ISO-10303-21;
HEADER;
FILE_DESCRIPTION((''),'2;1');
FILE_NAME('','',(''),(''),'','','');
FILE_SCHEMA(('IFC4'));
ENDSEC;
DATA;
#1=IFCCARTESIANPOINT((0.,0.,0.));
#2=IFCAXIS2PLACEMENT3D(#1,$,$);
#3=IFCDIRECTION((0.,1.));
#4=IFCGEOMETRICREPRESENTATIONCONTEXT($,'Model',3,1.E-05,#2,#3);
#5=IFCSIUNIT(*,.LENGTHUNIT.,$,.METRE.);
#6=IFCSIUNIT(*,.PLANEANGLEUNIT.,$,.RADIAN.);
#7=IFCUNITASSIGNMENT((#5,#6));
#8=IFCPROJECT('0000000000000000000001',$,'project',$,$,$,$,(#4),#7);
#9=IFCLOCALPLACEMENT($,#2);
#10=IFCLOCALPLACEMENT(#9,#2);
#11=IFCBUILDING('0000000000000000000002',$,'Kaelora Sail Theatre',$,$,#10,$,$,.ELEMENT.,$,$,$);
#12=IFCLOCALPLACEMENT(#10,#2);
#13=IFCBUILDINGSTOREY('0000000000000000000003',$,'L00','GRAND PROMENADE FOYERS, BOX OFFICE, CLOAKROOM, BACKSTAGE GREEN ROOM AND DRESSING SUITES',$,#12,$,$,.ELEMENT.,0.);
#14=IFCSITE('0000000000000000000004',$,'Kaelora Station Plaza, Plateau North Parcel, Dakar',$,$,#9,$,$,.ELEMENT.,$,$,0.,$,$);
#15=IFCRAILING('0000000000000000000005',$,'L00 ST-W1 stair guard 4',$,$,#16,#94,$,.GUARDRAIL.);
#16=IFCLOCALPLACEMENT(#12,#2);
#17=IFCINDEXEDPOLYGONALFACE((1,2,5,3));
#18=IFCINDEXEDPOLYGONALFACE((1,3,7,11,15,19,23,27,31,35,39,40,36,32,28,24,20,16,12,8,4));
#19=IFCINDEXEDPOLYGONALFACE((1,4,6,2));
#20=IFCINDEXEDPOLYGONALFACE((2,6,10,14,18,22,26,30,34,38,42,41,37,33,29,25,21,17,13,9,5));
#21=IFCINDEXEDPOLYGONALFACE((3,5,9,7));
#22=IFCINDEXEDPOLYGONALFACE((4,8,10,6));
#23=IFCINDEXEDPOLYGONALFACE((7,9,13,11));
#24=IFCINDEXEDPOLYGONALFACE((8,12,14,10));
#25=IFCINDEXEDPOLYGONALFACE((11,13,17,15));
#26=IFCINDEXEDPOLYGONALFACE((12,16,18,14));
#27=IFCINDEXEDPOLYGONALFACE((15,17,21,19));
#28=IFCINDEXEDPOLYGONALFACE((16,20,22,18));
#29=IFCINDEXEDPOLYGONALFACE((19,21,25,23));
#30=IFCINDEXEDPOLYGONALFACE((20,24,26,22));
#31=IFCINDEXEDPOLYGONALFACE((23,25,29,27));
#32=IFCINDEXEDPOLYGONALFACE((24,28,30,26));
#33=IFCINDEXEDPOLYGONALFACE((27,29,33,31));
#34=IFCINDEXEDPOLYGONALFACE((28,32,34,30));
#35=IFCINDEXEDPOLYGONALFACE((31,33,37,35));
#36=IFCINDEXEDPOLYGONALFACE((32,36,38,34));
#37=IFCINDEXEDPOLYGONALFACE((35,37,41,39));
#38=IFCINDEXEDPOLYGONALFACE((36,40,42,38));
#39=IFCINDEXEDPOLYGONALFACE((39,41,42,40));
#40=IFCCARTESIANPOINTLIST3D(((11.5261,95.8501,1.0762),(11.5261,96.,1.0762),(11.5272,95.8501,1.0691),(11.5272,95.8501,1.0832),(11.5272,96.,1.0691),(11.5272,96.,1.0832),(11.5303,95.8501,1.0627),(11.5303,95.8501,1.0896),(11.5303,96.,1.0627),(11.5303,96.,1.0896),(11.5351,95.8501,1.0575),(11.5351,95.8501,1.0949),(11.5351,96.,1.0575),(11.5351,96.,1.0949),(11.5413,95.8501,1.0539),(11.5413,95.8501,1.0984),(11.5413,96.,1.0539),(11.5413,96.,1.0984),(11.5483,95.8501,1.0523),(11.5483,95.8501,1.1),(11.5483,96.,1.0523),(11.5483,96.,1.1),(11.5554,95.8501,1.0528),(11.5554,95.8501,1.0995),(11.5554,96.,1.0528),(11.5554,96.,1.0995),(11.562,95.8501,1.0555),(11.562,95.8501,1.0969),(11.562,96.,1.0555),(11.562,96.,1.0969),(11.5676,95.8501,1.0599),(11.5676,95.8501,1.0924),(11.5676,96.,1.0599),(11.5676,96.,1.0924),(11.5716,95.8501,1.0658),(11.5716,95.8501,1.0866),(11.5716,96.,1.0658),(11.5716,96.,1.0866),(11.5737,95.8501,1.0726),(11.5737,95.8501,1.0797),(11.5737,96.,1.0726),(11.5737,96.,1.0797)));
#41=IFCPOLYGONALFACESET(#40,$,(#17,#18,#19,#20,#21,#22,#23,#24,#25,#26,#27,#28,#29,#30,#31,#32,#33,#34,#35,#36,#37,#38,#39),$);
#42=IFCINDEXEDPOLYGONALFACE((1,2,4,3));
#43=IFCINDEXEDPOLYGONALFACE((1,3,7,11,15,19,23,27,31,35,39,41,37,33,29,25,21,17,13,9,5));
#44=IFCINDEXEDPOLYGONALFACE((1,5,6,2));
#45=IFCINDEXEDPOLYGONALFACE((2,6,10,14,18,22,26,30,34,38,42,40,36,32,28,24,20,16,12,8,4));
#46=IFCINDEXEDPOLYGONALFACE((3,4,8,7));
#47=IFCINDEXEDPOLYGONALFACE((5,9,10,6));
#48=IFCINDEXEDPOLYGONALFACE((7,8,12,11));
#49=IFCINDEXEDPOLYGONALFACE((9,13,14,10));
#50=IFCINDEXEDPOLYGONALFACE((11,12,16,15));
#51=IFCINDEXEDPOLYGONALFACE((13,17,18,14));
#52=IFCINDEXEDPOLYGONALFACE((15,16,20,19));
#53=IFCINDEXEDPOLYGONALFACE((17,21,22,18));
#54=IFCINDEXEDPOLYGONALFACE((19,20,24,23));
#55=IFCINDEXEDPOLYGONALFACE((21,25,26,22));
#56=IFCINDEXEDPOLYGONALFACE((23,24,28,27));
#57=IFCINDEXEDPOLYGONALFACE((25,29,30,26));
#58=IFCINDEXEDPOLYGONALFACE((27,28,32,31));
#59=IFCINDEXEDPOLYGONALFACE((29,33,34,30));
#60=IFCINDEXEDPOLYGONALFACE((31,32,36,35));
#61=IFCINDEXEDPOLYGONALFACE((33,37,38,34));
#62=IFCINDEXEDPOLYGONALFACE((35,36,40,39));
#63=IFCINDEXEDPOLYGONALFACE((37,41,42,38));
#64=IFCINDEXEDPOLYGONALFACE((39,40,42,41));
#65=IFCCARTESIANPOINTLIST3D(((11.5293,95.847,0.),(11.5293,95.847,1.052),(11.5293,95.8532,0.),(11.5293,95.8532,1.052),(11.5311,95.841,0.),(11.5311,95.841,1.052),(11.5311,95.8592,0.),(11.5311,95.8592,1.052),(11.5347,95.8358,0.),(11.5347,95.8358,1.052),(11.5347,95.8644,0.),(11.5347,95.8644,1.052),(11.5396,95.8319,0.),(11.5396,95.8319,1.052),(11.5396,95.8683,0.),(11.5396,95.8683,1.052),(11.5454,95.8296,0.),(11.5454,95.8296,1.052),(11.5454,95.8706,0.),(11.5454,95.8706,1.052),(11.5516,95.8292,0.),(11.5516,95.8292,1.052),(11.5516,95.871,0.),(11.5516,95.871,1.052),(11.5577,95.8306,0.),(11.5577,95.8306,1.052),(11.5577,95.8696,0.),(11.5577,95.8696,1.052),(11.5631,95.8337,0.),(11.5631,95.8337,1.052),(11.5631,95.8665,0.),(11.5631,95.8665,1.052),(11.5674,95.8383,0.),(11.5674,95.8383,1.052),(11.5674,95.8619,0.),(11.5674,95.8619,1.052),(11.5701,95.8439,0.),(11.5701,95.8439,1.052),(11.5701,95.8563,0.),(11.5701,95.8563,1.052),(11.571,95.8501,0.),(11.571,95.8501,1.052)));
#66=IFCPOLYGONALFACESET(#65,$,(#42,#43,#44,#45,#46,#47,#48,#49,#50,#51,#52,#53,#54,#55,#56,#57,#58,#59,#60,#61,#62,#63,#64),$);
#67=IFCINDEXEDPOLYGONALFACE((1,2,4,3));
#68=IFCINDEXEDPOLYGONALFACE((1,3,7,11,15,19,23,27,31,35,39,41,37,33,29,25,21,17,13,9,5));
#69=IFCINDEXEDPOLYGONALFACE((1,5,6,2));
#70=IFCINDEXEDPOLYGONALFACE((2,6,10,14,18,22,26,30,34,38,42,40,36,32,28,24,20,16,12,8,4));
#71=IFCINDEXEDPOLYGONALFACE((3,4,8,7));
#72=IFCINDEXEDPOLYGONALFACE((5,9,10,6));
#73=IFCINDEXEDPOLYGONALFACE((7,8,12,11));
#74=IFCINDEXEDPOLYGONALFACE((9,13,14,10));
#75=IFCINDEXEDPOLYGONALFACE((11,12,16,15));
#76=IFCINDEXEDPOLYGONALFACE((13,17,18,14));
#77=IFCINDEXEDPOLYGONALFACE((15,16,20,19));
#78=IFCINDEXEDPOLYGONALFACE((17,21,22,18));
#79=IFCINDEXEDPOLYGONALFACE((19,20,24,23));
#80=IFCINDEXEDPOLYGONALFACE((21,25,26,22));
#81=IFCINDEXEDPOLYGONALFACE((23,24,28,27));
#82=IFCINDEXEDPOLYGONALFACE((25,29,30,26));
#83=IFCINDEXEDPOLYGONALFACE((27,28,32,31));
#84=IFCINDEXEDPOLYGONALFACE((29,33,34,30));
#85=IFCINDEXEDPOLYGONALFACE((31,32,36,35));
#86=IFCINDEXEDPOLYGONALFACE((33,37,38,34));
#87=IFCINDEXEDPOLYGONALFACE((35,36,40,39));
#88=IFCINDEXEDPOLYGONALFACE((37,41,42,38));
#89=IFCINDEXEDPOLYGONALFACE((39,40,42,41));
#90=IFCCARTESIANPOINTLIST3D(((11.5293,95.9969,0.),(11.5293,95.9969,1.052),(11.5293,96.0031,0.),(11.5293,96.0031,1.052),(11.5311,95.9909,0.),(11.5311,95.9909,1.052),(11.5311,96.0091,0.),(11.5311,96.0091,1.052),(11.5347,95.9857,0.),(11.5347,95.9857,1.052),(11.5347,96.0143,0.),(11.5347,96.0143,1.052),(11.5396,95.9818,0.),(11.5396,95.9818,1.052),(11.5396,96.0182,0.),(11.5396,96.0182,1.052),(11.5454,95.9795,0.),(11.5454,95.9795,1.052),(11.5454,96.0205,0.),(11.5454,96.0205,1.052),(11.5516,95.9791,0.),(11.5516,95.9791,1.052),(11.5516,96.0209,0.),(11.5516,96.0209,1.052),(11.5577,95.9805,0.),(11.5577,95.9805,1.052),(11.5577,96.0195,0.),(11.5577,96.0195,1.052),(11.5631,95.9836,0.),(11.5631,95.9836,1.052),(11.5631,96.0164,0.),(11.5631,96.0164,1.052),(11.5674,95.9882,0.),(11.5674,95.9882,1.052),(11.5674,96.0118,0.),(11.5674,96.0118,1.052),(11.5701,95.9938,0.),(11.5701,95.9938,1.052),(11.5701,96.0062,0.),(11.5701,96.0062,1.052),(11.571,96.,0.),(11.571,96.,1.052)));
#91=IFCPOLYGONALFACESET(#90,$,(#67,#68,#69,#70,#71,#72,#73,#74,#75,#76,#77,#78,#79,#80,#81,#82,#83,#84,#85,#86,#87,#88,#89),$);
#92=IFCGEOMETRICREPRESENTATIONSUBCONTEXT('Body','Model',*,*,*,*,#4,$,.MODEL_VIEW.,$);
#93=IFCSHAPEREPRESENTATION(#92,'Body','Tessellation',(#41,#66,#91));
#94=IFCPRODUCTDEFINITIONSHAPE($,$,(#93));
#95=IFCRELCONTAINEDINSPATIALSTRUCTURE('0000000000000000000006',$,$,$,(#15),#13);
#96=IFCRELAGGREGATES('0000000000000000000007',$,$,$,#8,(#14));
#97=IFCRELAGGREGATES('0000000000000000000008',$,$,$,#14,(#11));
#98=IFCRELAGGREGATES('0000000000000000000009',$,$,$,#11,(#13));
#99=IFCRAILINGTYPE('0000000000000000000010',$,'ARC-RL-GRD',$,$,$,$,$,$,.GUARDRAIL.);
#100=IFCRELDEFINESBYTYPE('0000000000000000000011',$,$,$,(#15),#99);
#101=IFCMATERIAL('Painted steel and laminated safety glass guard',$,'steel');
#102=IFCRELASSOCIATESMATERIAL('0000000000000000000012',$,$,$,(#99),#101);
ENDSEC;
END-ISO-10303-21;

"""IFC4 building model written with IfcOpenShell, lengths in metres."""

from ifc_helpers import new_model, si_unit, direction, frame, origin, origin_2d, place, context, subcontext, project, spatial, circle, extrude, material, type_object, element, save


model = new_model("IFC4")

# Units and contexts
model_context = context("Model", 3, precision=1e-05, world=origin(), true_north=direction((0.0, 1.0)))
body_context = subcontext(model_context, "Body", "Model", "MODEL_VIEW")
ifc_project = project(units=[si_unit("LENGTHUNIT", "METRE"), si_unit("PLANEANGLEUNIT", "RADIAN")], contexts=[model_context])

# Site, building, storey
site_placement = place(None, origin())
site = spatial("IfcSite", under=ifc_project, at=site_placement, Name="Kaelora Station Plaza, Plateau North Parcel, Dakar", CompositionType="ELEMENT", RefElevation=0.0)
building_placement = place(site_placement, origin())
building = spatial("IfcBuilding", under=site, at=building_placement, Name="Kaelora Sail Theatre", CompositionType="ELEMENT")
storey_placement = place(building_placement, origin())
storey = spatial("IfcBuildingStorey", under=building, at=storey_placement, Name="L00", Description="GRAND PROMENADE FOYERS, BOX OFFICE, CLOAKROOM, BACKSTAGE GREEN ROOM AND DRESSING SUITES", CompositionType="ELEMENT", Elevation=0.0)

# Railing
ifc_material_1 = material(Name="Painted steel and laminated safety glass guard", Category="steel")
railing_type_1 = type_object("IfcRailingType", Name="ARC-RL-GRD", PredefinedType="GUARDRAIL", material=ifc_material_1)
railing_1_placement = place(storey_placement, frame((11.55, 95.8501, 0.0)))
element("IfcRailing", 1, at=railing_1_placement, inside=storey, type_object=railing_type_1, Name="L00 ST-W1 stair guard 4", PredefinedType="GUARDRAIL", context=body_context, shape_type="SweptSolid", body=[
    extrude(circle(Radius=0.0239, at=origin_2d()), frame((0.0, 0.0, 1.0762), z_axis=(0.0, 1.0, 0.0), x_axis=(-1.0, 0.0, 0.0)), (0.0, 0.0, 1.0), 0.1499),
    extrude(circle(Radius=0.021, at=origin_2d()), origin(), (0.0, 0.0, 1.0), 1.052),
    extrude(circle(Radius=0.021, at=origin_2d()), frame((0.0, 0.1499, 0.0)), (0.0, 0.0, 1.0), 1.052),
])

save(model, "model.ifc")
